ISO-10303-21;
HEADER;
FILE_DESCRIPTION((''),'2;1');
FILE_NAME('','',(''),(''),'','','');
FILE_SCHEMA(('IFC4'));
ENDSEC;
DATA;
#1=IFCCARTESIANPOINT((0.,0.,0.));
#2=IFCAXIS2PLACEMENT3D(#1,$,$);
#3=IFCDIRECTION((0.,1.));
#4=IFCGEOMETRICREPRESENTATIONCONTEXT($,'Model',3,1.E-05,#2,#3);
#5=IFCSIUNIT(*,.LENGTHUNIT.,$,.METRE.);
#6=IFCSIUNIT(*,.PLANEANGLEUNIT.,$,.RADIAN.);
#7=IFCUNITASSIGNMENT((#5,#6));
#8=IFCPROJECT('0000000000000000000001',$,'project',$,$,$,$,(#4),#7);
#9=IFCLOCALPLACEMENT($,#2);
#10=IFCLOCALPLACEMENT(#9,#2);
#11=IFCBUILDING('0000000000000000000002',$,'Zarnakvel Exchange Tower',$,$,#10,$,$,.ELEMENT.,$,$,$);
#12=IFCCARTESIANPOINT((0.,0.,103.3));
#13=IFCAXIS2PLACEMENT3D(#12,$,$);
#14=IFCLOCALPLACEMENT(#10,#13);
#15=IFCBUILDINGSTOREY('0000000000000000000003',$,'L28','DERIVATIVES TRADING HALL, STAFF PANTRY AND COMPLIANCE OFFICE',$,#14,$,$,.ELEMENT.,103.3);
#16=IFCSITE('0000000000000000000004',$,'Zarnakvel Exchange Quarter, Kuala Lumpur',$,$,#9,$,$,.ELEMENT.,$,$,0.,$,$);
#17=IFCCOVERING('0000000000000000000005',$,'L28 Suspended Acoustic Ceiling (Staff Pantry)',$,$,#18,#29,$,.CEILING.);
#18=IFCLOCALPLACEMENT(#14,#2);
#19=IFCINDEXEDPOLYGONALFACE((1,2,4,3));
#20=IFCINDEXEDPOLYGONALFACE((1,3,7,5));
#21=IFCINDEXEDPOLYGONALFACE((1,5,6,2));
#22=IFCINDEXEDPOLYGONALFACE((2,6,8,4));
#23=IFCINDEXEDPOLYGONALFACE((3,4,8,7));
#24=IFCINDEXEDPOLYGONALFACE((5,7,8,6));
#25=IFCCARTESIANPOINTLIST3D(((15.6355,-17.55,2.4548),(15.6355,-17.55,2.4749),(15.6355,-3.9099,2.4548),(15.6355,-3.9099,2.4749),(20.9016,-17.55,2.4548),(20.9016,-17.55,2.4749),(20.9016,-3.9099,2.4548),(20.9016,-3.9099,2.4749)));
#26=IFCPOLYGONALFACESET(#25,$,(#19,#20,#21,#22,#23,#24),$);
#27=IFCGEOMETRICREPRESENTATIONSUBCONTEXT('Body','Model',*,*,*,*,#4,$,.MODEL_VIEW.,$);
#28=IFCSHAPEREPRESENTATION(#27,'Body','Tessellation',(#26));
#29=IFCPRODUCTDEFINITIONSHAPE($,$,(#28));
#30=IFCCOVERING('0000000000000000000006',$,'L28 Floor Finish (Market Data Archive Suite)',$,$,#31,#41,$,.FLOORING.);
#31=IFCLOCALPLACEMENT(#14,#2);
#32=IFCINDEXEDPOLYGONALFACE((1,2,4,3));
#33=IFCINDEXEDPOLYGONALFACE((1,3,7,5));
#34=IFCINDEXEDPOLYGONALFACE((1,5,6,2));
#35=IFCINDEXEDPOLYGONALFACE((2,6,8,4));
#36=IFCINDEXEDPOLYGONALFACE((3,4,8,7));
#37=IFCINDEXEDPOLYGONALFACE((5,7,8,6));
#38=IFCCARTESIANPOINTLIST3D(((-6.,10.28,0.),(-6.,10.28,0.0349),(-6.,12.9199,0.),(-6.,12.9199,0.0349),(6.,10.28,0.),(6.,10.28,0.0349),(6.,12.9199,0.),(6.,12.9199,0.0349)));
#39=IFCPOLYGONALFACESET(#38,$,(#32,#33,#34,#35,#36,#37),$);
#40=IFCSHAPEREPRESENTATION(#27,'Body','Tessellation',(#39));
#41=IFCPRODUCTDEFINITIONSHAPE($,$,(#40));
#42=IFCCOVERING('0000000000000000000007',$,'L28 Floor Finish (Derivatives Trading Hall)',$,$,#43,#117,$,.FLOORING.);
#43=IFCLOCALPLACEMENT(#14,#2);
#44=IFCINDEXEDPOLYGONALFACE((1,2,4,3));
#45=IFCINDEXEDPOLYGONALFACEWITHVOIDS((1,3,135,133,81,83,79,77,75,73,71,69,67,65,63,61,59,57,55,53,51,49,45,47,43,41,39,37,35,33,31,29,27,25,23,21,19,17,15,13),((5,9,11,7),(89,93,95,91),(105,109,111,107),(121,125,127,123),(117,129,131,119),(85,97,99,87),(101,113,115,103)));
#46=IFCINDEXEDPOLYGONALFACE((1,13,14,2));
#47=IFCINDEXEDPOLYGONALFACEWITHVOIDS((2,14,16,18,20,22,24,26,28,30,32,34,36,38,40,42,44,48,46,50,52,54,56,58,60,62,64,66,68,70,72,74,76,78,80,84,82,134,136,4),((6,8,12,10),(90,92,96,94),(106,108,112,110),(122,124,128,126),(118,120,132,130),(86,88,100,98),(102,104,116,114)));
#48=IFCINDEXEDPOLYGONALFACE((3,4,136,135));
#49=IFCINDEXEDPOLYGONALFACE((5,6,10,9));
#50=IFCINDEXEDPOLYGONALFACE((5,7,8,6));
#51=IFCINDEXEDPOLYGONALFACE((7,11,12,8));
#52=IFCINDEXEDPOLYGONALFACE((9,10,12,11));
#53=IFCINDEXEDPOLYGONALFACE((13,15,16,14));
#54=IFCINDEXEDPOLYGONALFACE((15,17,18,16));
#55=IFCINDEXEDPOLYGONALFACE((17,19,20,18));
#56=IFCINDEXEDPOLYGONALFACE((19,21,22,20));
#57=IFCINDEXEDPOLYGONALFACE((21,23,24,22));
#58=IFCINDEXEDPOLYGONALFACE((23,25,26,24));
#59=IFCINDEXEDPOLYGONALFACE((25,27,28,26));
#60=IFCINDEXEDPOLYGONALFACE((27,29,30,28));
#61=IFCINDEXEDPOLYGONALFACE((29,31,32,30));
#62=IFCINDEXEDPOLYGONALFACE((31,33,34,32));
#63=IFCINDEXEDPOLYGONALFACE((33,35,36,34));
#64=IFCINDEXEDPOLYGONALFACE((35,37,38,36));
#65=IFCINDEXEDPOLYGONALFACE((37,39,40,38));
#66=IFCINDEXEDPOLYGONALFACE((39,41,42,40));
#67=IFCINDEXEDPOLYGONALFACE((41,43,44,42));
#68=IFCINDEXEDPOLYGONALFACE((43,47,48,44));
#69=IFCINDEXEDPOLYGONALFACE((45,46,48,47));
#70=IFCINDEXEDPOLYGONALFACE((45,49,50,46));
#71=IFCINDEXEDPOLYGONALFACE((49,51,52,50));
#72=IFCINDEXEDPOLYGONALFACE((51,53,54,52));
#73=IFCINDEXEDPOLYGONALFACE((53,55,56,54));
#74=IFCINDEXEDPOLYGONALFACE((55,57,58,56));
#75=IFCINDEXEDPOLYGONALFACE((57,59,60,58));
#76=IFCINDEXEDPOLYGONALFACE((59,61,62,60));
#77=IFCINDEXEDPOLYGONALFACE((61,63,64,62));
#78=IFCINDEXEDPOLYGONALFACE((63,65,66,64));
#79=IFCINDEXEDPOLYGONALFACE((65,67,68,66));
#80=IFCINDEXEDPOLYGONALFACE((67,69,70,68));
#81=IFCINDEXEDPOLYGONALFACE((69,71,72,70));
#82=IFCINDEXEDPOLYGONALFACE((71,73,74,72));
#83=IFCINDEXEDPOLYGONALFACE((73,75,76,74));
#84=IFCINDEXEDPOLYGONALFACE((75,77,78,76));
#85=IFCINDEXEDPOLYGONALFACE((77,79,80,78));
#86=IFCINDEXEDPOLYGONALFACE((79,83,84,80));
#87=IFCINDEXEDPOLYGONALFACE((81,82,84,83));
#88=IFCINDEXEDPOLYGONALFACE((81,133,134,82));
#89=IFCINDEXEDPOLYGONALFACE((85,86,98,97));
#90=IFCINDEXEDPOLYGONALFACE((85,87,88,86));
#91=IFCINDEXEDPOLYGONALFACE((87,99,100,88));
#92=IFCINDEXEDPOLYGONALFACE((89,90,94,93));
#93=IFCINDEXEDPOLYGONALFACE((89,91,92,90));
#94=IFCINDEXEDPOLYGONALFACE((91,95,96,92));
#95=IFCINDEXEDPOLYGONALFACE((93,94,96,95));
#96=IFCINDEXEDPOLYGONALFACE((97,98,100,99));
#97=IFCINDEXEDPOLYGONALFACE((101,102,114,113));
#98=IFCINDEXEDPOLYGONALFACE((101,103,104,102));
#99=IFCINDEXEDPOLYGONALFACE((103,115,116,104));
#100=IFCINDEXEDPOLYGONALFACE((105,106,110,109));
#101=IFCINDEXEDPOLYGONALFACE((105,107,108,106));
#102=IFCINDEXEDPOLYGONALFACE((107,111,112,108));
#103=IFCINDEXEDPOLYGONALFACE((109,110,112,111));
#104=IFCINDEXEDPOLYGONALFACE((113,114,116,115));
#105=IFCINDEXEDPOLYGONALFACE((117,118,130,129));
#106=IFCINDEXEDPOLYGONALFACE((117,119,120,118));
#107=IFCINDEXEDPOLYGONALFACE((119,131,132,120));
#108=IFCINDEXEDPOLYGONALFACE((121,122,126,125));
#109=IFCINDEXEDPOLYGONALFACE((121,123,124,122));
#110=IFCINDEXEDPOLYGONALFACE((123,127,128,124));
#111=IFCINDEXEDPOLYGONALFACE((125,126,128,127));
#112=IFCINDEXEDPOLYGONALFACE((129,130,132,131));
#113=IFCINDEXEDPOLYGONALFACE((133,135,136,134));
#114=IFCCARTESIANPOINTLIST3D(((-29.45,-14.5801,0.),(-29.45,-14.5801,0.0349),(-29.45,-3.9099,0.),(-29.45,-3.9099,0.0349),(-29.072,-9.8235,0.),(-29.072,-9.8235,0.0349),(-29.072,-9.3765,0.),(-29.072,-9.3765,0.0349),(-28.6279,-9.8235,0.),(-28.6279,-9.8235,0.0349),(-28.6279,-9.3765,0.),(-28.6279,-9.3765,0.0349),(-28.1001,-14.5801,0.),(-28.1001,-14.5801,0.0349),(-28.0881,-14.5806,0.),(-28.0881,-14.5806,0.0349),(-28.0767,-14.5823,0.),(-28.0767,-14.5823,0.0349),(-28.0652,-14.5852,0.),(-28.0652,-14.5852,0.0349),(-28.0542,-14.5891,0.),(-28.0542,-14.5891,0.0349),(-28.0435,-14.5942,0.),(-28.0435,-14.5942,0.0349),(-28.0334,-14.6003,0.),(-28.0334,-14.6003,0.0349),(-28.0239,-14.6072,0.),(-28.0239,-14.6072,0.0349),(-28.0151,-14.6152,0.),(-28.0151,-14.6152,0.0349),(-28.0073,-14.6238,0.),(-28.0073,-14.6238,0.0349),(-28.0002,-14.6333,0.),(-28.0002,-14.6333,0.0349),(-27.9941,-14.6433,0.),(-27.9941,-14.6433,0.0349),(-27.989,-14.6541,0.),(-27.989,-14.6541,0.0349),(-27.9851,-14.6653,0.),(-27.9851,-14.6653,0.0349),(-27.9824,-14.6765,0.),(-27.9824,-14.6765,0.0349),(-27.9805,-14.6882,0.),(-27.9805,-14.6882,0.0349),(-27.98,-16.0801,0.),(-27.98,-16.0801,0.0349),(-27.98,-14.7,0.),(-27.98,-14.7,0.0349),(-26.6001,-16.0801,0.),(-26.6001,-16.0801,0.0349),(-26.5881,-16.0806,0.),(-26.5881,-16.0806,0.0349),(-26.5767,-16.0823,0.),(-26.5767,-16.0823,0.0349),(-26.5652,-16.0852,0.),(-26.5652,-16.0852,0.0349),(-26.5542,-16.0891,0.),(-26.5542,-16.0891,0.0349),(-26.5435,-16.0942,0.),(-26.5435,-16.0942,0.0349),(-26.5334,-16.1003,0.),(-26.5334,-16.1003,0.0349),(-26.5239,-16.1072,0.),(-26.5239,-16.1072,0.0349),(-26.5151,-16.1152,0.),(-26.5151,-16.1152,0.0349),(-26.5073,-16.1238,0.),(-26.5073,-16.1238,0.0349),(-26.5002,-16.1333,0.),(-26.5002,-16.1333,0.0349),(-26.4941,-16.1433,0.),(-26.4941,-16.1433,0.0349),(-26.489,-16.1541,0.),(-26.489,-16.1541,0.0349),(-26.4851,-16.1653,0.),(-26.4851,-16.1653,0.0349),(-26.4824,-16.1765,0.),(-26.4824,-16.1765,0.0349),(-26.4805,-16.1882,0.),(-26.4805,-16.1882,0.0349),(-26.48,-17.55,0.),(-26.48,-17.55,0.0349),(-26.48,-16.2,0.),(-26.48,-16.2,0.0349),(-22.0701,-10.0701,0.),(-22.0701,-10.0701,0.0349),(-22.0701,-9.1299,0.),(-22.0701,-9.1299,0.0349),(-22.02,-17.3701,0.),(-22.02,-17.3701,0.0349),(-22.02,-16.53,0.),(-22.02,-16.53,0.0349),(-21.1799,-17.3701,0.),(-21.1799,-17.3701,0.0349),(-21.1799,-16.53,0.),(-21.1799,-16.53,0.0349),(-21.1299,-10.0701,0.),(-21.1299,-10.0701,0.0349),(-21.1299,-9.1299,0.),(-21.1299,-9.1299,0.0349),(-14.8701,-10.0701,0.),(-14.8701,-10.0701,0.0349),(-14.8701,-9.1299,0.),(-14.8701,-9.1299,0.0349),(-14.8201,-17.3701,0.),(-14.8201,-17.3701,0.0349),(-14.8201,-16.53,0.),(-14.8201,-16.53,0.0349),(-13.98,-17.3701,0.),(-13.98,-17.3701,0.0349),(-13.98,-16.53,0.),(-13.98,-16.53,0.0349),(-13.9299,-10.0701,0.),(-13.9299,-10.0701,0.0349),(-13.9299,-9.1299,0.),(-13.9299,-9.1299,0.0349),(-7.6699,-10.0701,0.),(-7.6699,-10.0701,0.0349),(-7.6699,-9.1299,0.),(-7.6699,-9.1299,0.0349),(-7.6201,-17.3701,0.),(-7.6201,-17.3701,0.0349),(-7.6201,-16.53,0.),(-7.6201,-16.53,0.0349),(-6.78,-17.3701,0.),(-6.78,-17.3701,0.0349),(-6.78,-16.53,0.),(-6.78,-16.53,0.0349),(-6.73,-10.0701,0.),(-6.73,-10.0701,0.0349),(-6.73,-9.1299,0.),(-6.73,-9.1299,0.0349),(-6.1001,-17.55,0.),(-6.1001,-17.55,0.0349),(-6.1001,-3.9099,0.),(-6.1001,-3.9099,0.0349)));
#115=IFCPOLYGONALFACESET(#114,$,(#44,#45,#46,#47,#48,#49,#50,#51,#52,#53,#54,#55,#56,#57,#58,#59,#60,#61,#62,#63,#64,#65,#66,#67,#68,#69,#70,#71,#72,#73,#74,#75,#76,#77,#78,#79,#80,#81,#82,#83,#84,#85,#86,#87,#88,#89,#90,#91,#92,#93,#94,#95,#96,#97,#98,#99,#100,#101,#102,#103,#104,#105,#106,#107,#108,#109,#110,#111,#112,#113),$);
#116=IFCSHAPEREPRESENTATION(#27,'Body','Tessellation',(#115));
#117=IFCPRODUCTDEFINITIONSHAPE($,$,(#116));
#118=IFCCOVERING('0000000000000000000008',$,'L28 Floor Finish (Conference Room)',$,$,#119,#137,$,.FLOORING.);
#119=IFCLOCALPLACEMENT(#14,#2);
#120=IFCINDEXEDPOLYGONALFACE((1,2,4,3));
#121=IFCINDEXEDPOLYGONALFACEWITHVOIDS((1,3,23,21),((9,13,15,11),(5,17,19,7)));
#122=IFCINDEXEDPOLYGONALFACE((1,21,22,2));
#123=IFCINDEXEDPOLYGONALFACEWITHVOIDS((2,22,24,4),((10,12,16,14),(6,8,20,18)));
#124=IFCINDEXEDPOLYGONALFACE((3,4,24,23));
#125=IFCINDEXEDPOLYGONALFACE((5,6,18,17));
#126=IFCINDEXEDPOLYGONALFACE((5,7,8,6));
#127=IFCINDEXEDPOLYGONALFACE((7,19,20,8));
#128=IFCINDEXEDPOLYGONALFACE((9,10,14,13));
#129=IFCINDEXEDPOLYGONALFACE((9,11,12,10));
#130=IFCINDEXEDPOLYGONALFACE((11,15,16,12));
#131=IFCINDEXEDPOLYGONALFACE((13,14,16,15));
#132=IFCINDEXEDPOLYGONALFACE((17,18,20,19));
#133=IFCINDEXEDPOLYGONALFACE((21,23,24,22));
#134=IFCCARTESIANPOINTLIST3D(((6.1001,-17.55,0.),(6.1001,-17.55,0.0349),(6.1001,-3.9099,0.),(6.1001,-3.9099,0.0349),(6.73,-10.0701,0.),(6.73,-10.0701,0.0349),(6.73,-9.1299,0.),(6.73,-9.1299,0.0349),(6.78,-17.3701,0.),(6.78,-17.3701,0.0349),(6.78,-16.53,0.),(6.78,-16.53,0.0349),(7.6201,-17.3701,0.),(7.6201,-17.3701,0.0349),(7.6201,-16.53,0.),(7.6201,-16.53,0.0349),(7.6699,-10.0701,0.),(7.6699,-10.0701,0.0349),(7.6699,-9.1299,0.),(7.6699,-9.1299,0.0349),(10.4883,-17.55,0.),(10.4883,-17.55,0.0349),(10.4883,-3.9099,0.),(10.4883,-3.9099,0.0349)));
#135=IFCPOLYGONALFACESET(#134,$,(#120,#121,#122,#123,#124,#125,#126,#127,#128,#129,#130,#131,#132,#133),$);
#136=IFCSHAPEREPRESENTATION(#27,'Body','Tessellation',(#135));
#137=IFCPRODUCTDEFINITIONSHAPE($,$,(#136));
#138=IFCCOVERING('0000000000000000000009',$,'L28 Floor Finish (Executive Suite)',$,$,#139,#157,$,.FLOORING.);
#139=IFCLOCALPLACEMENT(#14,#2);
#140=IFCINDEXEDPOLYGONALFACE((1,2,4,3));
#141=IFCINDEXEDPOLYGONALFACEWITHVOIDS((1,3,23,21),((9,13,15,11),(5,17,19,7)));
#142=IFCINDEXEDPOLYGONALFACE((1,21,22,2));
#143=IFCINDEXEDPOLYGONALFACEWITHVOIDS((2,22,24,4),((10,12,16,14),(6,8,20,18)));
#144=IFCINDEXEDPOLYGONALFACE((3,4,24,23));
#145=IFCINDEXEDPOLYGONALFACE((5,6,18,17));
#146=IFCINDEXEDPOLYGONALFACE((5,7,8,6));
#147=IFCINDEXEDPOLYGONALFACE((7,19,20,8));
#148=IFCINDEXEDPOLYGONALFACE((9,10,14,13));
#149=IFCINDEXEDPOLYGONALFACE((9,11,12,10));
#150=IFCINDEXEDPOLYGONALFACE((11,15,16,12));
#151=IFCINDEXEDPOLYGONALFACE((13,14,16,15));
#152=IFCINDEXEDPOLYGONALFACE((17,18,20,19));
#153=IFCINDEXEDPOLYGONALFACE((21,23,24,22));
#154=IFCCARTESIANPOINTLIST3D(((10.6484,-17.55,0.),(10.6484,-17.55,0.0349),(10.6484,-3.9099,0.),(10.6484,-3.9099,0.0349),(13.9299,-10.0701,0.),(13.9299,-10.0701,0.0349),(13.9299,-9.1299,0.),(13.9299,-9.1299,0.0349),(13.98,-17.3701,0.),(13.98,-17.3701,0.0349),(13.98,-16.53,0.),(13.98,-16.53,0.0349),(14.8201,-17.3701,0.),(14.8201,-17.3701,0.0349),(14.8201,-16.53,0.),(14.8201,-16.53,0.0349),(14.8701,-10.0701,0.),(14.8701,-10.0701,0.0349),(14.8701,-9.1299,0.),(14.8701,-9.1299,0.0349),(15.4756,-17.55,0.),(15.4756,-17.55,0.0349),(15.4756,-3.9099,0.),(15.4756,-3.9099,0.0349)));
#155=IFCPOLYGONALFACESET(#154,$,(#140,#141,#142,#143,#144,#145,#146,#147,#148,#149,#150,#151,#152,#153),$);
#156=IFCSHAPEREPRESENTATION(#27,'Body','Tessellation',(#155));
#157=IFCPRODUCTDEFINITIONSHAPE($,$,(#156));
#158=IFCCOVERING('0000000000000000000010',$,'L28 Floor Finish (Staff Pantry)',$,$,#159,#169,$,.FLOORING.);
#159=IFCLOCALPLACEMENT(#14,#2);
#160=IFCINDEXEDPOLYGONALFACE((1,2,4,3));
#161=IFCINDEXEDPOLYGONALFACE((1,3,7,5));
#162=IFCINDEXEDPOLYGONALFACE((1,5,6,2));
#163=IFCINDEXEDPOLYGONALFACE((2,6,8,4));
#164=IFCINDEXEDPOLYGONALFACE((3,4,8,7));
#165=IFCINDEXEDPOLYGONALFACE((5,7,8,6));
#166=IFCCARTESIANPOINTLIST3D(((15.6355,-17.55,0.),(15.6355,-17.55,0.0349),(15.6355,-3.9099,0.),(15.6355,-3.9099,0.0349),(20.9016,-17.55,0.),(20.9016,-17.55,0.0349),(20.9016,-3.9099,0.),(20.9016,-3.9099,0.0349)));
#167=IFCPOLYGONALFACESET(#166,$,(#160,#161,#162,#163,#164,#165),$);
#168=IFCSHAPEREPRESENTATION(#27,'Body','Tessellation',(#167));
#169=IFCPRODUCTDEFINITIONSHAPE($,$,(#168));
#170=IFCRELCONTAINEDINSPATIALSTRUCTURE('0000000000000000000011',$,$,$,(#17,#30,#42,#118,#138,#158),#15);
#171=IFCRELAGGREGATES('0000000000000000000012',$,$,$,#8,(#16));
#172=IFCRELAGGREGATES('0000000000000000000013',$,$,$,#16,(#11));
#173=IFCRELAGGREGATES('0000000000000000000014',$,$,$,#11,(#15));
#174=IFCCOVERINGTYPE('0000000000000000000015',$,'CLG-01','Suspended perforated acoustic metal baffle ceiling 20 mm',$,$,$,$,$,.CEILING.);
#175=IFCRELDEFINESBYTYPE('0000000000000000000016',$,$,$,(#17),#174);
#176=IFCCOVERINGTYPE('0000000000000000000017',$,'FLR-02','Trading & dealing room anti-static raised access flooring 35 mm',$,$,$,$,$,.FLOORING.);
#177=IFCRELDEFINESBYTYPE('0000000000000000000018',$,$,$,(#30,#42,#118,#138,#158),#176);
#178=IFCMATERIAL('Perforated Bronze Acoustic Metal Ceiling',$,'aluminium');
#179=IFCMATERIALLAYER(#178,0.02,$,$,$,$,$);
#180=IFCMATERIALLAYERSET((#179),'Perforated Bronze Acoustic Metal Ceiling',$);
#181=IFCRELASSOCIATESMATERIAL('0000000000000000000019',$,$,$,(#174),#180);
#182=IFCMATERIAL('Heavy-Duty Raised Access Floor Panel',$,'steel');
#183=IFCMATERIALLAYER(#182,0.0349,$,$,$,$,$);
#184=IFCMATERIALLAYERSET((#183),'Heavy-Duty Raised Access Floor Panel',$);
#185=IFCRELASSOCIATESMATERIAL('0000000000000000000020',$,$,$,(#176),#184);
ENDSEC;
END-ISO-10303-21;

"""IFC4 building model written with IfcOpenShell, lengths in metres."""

from ifc_helpers import new_model, si_unit, direction, frame, origin, place, context, subcontext, project, spatial, polyline, outline, extrude, material, layer, layer_set, type_object, element, save


model = new_model("IFC4")

# Units and contexts
model_context = context("Model", 3, precision=1e-05, world=origin(), true_north=direction((0.0, 1.0)))
body_context = subcontext(model_context, "Body", "Model", "MODEL_VIEW")
ifc_project = project(units=[si_unit("LENGTHUNIT", "METRE"), si_unit("PLANEANGLEUNIT", "RADIAN")], contexts=[model_context])

# Site, building, storey
site_placement = place(None, origin())
site = spatial("IfcSite", under=ifc_project, at=site_placement, Name="Zarnakvel Exchange Quarter, Kuala Lumpur", CompositionType="ELEMENT", RefElevation=0.0)
building_placement = place(site_placement, origin())
building = spatial("IfcBuilding", under=site, at=building_placement, Name="Zarnakvel Exchange Tower", CompositionType="ELEMENT")
storey_placement = place(building_placement, frame((0.0, 0.0, 103.3)))
storey = spatial("IfcBuildingStorey", under=building, at=storey_placement, Name="L28", Description="DERIVATIVES TRADING HALL, STAFF PANTRY AND COMPLIANCE OFFICE", CompositionType="ELEMENT", Elevation=103.3)

# Coverings
ifc_material_1 = material(Name="Perforated Bronze Acoustic Metal Ceiling", Category="aluminium")
ifc_layer_1 = layer(ifc_material_1, 0.02)
ifc_layer_set_1 = layer_set([ifc_layer_1], Name="Perforated Bronze Acoustic Metal Ceiling")
covering_type_1 = type_object("IfcCoveringType", Name="CLG-01", Description="Suspended perforated acoustic metal baffle ceiling 20 mm", PredefinedType="CEILING", material=ifc_layer_set_1)
covering_1_placement = place(storey_placement, frame((0.0, 0.0, 2.4548)))
element("IfcCovering", 1, at=covering_1_placement, inside=storey, type_object=covering_type_1, Name="L28 Suspended Acoustic Ceiling (Staff Pantry)", PredefinedType="CEILING", context=body_context, shape_type="SweptSolid", body=[
    extrude(outline(polyline([(15.6355, -3.9099), (20.9016, -3.9099), (20.9016, -17.55), (15.6355, -17.55), (15.6355, -3.9099)])), origin(), (0.0, 0.0, 1.0), 0.02),
])
ifc_material_2 = material(Name="Heavy-Duty Raised Access Floor Panel", Category="steel")
ifc_layer_2 = layer(ifc_material_2, 0.0349)
ifc_layer_set_2 = layer_set([ifc_layer_2], Name="Heavy-Duty Raised Access Floor Panel")
covering_type_2 = type_object("IfcCoveringType", Name="FLR-02", Description="Trading & dealing room anti-static raised access flooring 35 mm", PredefinedType="FLOORING", material=ifc_layer_set_2)
covering_2_placement = place(storey_placement, origin())
element("IfcCovering", 2, at=covering_2_placement, inside=storey, type_object=covering_type_2, Name="L28 Floor Finish (Market Data Archive Suite)", PredefinedType="FLOORING", context=body_context, shape_type="SweptSolid", body=[
    extrude(outline(polyline([(-6.0, 12.9199), (6.0, 12.9199), (6.0, 10.28), (-6.0, 10.28), (-6.0, 12.9199)])), origin(), (0.0, 0.0, 1.0), 0.0349),
])
covering_3_placement = place(storey_placement, origin())
element("IfcCovering", 3, at=covering_3_placement, inside=storey, type_object=covering_type_2, Name="L28 Floor Finish (Derivatives Trading Hall)", PredefinedType="FLOORING", context=body_context, shape_type="SweptSolid", body=[
    extrude(outline(polyline([(-6.1001, -3.9099), (-6.1001, -17.55), (-26.48, -17.55), (-26.48, -16.2), (-26.4805, -16.1882), (-26.4824, -16.1765), (-26.4851, -16.1653), (-26.489, -16.1541), (-26.4941, -16.1433), (-26.5002, -16.1333), (-26.5073, -16.1238), (-26.5151, -16.1152), (-26.5239, -16.1072), (-26.5334, -16.1003), (-26.5435, -16.0942), (-26.5542, -16.0891), (-26.5652, -16.0852), (-26.5767, -16.0823), (-26.5881, -16.0806), (-26.6001, -16.0801), (-27.98, -16.0801), (-27.98, -14.7), (-27.9805, -14.6882), (-27.9824, -14.6765), (-27.9851, -14.6653), (-27.989, -14.6541), (-27.9941, -14.6433), (-28.0002, -14.6333), (-28.0073, -14.6238), (-28.0151, -14.6152), (-28.0239, -14.6072), (-28.0334, -14.6003), (-28.0435, -14.5942), (-28.0542, -14.5891), (-28.0652, -14.5852), (-28.0767, -14.5823), (-28.0881, -14.5806), (-28.1001, -14.5801), (-29.45, -14.5801), (-29.45, -3.9099), (-6.1001, -3.9099)]), holes=[polyline([(-7.6699, -10.0701), (-6.73, -10.0701), (-6.73, -9.1299), (-7.6699, -9.1299), (-7.6699, -10.0701)]), polyline([(-6.78, -17.3701), (-6.78, -16.53), (-7.6201, -16.53), (-7.6201, -17.3701), (-6.78, -17.3701)]), polyline([(-13.9299, -10.0701), (-13.9299, -9.1299), (-14.8701, -9.1299), (-14.8701, -10.0701), (-13.9299, -10.0701)]), polyline([(-13.98, -17.3701), (-13.98, -16.53), (-14.8201, -16.53), (-14.8201, -17.3701), (-13.98, -17.3701)]), polyline([(-21.1299, -10.0701), (-21.1299, -9.1299), (-22.0701, -9.1299), (-22.0701, -10.0701), (-21.1299, -10.0701)]), polyline([(-21.1799, -17.3701), (-21.1799, -16.53), (-22.02, -16.53), (-22.02, -17.3701), (-21.1799, -17.3701)]), polyline([(-29.072, -9.8235), (-28.6279, -9.8235), (-28.6279, -9.3765), (-29.072, -9.3765), (-29.072, -9.8235)])]), origin(), (0.0, 0.0, 1.0), 0.0349),
])
covering_4_placement = place(storey_placement, origin())
element("IfcCovering", 4, at=covering_4_placement, inside=storey, type_object=covering_type_2, Name="L28 Floor Finish (Conference Room)", PredefinedType="FLOORING", context=body_context, shape_type="SweptSolid", body=[
    extrude(outline(polyline([(6.1001, -3.9099), (10.4883, -3.9099), (10.4883, -17.55), (6.1001, -17.55), (6.1001, -3.9099)]), holes=[polyline([(6.73, -10.0701), (7.6699, -10.0701), (7.6699, -9.1299), (6.73, -9.1299), (6.73, -10.0701)]), polyline([(7.6201, -17.3701), (7.6201, -16.53), (6.78, -16.53), (6.78, -17.3701), (7.6201, -17.3701)])]), origin(), (0.0, 0.0, 1.0), 0.0349),
])
covering_5_placement = place(storey_placement, origin())
element("IfcCovering", 5, at=covering_5_placement, inside=storey, type_object=covering_type_2, Name="L28 Floor Finish (Executive Suite)", PredefinedType="FLOORING", context=body_context, shape_type="SweptSolid", body=[
    extrude(outline(polyline([(10.6484, -3.9099), (15.4756, -3.9099), (15.4756, -17.55), (10.6484, -17.55), (10.6484, -3.9099)]), holes=[polyline([(13.9299, -10.0701), (14.8701, -10.0701), (14.8701, -9.1299), (13.9299, -9.1299), (13.9299, -10.0701)]), polyline([(14.8201, -17.3701), (14.8201, -16.53), (13.98, -16.53), (13.98, -17.3701), (14.8201, -17.3701)])]), origin(), (0.0, 0.0, 1.0), 0.0349),
])
covering_6_placement = place(storey_placement, origin())
element("IfcCovering", 6, at=covering_6_placement, inside=storey, type_object=covering_type_2, Name="L28 Floor Finish (Staff Pantry)", PredefinedType="FLOORING", context=body_context, shape_type="SweptSolid", body=[
    extrude(outline(polyline([(15.6355, -3.9099), (20.9016, -3.9099), (20.9016, -17.55), (15.6355, -17.55), (15.6355, -3.9099)])), origin(), (0.0, 0.0, 1.0), 0.0349),
])

save(model, "model.ifc")
